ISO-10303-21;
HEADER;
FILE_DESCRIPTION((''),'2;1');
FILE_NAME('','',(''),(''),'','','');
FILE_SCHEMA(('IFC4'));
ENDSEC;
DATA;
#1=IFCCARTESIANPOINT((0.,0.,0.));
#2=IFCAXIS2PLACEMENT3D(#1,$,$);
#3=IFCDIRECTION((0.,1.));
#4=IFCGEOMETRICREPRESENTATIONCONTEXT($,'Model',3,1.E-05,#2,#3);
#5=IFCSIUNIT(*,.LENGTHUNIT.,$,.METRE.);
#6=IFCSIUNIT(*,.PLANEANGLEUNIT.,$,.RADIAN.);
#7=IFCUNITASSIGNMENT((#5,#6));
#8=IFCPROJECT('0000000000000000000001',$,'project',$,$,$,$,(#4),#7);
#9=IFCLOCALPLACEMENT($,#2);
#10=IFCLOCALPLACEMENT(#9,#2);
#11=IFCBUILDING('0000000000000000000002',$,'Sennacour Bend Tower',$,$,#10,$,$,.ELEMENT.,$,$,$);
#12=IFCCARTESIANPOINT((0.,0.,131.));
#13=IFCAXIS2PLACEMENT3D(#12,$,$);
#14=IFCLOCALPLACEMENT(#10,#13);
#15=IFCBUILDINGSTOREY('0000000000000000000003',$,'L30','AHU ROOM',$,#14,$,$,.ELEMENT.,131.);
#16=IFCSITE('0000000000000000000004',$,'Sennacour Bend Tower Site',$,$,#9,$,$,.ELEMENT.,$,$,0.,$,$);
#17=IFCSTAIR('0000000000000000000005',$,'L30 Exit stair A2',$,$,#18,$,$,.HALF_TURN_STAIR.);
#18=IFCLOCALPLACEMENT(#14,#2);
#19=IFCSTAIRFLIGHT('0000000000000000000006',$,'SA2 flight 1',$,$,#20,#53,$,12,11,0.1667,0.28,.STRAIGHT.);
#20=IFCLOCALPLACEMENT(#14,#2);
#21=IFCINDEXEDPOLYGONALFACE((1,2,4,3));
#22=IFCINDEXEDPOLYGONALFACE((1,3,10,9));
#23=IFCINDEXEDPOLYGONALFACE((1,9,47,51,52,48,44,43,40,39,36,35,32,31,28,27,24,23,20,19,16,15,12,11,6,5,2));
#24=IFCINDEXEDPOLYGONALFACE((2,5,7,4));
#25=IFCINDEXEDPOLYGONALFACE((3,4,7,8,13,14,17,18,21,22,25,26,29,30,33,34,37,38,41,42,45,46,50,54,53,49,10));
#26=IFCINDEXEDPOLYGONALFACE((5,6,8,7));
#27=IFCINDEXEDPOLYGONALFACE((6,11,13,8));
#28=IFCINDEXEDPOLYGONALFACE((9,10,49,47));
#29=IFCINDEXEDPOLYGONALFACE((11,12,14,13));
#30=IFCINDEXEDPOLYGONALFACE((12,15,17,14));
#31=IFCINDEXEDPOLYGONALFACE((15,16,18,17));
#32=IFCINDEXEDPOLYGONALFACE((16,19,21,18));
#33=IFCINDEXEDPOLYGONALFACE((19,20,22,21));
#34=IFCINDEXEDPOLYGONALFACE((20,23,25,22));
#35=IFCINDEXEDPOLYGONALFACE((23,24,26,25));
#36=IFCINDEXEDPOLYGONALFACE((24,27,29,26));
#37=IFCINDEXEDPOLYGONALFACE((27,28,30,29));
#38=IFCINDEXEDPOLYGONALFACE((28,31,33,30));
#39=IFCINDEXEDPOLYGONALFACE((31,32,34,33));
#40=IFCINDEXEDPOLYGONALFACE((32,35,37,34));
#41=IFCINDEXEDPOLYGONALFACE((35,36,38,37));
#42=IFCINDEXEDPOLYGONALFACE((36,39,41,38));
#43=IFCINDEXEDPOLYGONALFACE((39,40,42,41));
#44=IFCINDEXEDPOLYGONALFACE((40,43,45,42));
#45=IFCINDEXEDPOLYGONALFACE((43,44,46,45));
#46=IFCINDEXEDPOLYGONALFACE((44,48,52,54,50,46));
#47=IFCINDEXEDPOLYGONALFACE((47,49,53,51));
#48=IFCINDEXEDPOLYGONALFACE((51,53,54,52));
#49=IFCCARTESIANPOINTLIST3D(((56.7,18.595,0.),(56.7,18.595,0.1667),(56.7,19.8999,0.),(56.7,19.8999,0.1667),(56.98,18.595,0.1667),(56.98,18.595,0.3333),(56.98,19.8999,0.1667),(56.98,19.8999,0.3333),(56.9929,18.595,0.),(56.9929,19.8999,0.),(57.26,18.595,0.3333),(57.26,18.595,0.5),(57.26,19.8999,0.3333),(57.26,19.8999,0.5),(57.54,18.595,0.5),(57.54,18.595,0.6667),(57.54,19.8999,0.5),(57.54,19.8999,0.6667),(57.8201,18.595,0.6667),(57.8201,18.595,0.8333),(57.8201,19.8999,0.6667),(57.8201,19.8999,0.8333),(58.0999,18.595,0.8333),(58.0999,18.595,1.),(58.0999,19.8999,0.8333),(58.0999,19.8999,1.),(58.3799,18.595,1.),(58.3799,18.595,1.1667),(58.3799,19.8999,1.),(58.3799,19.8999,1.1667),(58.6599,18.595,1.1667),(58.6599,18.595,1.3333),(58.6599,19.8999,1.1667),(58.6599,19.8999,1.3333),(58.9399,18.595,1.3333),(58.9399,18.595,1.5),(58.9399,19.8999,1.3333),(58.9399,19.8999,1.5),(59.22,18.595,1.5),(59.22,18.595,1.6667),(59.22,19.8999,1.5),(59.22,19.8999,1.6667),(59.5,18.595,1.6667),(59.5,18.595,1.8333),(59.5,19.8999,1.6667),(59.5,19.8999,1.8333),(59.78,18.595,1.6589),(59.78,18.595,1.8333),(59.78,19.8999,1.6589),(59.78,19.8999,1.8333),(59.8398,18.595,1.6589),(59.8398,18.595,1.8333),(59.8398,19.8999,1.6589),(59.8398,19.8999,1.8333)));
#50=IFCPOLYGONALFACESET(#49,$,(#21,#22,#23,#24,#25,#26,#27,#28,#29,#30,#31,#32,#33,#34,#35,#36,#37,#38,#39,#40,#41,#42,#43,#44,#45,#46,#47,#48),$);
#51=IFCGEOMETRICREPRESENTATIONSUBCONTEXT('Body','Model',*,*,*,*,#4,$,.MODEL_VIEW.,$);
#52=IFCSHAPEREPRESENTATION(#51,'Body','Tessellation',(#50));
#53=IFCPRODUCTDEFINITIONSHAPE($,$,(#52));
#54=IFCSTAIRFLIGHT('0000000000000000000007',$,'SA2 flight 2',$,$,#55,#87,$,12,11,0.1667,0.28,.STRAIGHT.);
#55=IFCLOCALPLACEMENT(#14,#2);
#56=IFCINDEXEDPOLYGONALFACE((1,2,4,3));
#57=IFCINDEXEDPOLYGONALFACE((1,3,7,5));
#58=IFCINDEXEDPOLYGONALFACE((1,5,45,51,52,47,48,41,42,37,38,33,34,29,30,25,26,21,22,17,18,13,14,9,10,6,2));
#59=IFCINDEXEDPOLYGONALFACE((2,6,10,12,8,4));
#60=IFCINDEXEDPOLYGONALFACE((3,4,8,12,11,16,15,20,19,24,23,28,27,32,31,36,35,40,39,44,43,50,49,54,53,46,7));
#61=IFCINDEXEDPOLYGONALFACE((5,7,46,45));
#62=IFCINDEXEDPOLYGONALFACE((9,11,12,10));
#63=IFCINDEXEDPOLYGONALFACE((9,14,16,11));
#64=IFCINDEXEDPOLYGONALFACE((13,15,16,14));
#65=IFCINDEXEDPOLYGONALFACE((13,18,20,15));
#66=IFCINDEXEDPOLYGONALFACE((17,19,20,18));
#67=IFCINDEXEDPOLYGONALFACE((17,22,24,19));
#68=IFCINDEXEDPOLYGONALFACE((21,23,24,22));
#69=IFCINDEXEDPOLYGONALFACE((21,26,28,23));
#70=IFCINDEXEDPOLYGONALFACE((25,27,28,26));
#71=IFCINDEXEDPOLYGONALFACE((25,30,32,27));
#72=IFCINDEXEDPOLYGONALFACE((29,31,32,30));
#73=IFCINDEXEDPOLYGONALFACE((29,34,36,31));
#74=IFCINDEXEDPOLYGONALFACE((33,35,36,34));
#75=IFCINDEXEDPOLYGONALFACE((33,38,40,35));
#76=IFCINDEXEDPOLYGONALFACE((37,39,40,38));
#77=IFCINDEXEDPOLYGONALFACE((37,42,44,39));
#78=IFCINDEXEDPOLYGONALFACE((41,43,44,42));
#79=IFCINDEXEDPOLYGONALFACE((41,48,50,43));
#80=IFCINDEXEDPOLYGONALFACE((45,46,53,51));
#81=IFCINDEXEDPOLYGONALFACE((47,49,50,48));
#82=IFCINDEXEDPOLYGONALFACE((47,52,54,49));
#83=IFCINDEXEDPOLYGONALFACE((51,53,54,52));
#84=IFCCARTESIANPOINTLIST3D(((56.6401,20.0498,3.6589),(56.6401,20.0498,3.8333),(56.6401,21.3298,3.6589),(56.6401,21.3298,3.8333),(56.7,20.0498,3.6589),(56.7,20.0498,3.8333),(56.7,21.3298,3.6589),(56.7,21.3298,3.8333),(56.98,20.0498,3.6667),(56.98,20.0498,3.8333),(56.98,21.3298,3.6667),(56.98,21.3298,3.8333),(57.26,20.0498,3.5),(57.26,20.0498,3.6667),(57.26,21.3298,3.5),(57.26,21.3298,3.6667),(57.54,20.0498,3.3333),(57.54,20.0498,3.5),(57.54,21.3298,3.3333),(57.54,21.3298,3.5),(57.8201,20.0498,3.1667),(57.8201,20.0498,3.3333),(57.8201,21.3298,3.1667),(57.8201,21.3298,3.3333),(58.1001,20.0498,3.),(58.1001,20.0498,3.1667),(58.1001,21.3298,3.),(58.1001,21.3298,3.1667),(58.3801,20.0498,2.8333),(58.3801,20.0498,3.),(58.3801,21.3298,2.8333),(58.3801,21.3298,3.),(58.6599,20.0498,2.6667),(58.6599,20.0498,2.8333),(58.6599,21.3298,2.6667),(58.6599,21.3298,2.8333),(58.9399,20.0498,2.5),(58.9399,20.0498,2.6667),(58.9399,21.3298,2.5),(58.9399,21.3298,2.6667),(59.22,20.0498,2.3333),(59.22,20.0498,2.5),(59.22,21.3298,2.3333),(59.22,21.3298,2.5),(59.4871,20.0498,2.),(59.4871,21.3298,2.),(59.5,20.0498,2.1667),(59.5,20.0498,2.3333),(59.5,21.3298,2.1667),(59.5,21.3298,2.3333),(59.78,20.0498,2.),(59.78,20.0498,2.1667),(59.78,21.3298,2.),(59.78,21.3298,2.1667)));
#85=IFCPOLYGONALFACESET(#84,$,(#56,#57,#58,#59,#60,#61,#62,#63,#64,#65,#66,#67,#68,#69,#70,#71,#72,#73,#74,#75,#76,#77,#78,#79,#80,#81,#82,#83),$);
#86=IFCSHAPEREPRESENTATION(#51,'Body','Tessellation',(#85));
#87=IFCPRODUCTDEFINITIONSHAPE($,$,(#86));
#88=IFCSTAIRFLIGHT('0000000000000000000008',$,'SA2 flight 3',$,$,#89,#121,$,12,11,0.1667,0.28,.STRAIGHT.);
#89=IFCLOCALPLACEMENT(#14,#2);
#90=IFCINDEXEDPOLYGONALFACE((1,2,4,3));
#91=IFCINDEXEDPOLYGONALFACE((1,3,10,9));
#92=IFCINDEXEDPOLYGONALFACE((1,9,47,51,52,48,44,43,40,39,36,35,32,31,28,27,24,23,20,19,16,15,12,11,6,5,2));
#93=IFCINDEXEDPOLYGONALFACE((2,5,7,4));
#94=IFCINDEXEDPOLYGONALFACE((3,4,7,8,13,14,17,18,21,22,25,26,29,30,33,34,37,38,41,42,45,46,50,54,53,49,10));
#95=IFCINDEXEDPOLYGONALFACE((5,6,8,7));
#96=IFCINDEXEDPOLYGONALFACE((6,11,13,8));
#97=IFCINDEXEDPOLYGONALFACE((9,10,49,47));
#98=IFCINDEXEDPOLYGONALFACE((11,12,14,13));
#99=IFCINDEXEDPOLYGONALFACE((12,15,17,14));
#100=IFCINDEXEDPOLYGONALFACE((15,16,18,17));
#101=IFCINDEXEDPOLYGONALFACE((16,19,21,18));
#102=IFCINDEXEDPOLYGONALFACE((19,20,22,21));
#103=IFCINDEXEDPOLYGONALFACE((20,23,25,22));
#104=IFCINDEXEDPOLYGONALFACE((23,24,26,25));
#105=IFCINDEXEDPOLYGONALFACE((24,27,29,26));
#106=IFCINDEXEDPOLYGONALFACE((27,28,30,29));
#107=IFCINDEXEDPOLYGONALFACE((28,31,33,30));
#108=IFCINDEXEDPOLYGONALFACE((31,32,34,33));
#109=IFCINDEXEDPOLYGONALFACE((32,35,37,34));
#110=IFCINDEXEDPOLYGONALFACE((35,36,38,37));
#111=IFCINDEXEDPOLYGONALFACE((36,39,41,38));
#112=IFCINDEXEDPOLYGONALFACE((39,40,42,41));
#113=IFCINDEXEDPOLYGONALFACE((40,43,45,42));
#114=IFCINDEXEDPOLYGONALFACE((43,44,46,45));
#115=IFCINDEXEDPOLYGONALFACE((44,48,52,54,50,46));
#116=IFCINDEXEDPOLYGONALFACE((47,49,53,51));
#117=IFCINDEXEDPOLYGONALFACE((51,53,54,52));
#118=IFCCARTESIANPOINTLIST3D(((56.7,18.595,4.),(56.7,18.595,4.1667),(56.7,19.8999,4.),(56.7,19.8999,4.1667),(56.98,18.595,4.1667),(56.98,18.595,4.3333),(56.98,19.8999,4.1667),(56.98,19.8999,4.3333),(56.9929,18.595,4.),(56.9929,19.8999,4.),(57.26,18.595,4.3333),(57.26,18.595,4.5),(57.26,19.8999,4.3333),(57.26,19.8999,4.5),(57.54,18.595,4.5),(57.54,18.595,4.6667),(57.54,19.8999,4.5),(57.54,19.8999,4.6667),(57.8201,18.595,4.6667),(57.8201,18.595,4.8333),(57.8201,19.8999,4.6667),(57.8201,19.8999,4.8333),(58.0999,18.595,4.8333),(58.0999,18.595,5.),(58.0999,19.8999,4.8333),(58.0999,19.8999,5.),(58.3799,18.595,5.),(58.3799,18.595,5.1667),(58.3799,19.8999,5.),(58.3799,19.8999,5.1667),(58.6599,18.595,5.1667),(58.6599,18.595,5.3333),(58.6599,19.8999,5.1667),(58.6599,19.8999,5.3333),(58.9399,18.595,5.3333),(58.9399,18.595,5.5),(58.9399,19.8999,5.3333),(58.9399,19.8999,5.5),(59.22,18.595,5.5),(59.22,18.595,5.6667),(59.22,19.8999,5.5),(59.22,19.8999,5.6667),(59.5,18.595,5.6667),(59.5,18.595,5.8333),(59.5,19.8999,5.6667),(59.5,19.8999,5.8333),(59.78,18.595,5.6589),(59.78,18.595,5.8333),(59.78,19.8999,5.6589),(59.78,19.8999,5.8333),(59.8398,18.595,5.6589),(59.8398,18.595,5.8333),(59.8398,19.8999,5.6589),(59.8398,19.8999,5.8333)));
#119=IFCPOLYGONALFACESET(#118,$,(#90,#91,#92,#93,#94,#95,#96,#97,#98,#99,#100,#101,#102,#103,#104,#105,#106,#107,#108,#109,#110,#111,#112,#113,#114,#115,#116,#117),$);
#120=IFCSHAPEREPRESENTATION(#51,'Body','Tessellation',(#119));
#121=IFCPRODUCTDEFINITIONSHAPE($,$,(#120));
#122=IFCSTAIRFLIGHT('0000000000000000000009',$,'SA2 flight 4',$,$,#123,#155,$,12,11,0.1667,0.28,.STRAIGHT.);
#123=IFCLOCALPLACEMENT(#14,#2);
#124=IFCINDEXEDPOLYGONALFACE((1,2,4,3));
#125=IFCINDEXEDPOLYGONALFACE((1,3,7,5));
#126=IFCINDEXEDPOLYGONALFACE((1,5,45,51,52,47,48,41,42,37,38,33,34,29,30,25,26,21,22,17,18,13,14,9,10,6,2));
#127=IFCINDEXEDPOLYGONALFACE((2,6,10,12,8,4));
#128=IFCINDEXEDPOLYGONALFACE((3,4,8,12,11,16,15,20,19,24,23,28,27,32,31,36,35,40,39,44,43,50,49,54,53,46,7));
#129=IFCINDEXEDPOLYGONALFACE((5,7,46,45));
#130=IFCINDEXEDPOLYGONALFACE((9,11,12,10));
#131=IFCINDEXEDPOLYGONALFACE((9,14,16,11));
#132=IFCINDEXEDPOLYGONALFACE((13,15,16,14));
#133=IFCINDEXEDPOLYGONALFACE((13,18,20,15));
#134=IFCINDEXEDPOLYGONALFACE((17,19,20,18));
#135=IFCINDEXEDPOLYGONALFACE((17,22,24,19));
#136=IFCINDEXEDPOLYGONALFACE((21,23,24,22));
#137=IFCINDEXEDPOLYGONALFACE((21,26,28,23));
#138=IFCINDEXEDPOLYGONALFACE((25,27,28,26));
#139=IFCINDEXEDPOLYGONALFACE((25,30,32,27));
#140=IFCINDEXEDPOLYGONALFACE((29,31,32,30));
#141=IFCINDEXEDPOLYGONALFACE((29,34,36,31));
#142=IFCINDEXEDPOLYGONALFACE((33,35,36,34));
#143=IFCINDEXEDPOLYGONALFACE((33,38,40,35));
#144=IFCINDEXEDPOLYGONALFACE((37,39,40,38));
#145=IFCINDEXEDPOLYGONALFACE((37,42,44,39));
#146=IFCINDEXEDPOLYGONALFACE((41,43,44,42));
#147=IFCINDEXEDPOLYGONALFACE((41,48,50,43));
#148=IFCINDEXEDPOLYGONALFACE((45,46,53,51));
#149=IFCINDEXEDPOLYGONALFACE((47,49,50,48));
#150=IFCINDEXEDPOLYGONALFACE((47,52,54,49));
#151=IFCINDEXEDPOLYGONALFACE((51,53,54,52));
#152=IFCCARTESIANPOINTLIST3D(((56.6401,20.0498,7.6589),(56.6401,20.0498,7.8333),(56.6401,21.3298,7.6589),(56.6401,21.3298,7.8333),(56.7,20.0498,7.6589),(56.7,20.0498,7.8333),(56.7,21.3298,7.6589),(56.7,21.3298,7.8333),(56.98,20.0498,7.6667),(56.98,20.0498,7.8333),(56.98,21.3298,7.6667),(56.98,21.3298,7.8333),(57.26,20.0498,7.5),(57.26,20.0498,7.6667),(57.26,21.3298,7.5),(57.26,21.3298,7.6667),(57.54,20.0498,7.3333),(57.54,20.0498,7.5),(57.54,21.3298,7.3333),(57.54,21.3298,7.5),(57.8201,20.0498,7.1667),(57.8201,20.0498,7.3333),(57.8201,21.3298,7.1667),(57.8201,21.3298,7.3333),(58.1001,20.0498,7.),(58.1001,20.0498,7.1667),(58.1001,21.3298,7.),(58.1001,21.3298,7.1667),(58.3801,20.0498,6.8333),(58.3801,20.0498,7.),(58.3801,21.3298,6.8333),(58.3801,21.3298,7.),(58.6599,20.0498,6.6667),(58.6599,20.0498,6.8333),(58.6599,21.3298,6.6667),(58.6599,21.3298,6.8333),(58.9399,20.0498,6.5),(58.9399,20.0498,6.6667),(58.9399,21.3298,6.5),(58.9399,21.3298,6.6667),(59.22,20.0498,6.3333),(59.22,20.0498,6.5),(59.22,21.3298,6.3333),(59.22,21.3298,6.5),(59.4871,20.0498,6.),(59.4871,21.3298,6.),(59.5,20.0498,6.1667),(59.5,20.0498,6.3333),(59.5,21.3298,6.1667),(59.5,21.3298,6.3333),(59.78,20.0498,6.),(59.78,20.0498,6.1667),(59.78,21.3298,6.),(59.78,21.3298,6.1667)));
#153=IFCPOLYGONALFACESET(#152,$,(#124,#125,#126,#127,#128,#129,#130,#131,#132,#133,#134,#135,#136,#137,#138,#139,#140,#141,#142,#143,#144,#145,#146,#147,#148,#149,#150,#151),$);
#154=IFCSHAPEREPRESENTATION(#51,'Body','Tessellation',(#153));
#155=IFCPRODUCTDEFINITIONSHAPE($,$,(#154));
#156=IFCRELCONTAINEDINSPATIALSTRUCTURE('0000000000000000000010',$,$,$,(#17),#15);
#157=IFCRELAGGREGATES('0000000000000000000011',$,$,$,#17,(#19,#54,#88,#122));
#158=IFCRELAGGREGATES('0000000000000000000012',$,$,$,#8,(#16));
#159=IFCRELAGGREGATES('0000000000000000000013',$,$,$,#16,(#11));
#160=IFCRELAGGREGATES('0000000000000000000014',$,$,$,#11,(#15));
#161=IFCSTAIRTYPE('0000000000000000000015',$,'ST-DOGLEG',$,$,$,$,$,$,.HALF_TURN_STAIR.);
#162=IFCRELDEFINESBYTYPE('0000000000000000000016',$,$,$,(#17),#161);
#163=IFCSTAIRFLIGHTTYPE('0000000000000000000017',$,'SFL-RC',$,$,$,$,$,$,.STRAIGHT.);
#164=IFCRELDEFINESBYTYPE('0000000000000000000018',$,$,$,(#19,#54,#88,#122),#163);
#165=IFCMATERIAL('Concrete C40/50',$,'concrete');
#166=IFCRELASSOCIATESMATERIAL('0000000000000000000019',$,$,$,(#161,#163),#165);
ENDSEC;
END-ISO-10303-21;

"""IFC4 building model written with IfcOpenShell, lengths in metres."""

from ifc_helpers import new_model, si_unit, direction, frame, origin, place, context, subcontext, project, spatial, polyline, outline, extrude, material, type_object, element, aggregate, save


model = new_model("IFC4")

# Units and contexts
model_context = context("Model", 3, precision=1e-05, world=origin(), true_north=direction((0.0, 1.0)))
body_context = subcontext(model_context, "Body", "Model", "MODEL_VIEW")
ifc_project = project(units=[si_unit("LENGTHUNIT", "METRE"), si_unit("PLANEANGLEUNIT", "RADIAN")], contexts=[model_context])

# Site, building, storey
site_placement = place(None, origin())
site = spatial("IfcSite", under=ifc_project, at=site_placement, Name="Sennacour Bend Tower Site", CompositionType="ELEMENT", RefElevation=0.0)
building_placement = place(site_placement, origin())
building = spatial("IfcBuilding", under=site, at=building_placement, Name="Sennacour Bend Tower", CompositionType="ELEMENT")
storey_placement = place(building_placement, frame((0.0, 0.0, 131.0)))
storey = spatial("IfcBuildingStorey", under=building, at=storey_placement, Name="L30", Description="AHU ROOM", CompositionType="ELEMENT", Elevation=131.0)

# Stair, stair flights
ifc_material_1 = material(Name="Concrete C40/50", Category="concrete")
stair_type = type_object("IfcStairType", Name="ST-DOGLEG", PredefinedType="HALF_TURN_STAIR", material=ifc_material_1)
stair_placement = place(storey_placement, origin())
stair = element("IfcStair", 1, at=stair_placement, inside=storey, type_object=stair_type, Name="L30 Exit stair A2", PredefinedType="HALF_TURN_STAIR")
stair_flight_type = type_object("IfcStairFlightType", Name="SFL-RC", PredefinedType="STRAIGHT", material=ifc_material_1)
stair_flight_1_placement = place(storey_placement, frame((56.7, 19.2476, 0.0), z_axis=(0.0, 0.0, 1.0), x_axis=(1.0, 0.0, 0.0)))
stair_flight_1 = element("IfcStairFlight", 2, at=stair_flight_1_placement, type_object=stair_flight_type, Name="SA2 flight 1", NumberOfRisers=12, NumberOfTreads=11, PredefinedType="STRAIGHT", RiserHeight=0.1667, TreadLength=0.28, context=body_context, shape_type="SweptSolid", body=[
    extrude(outline(polyline([(0.0, 0.0), (0.0, 0.1667), (0.28, 0.1667), (0.28, 0.3333), (0.5601, 0.3333), (0.5601, 0.5), (0.8401, 0.5), (0.8401, 0.6667), (1.1201, 0.6667), (1.1201, 0.8333), (1.3999, 0.8333), (1.3999, 1.0), (1.6799, 1.0), (1.6799, 1.1667), (1.96, 1.1667), (1.96, 1.3333), (2.24, 1.3333), (2.24, 1.5), (2.52, 1.5), (2.52, 1.6667), (2.8, 1.6667), (2.8, 1.8333), (3.0801, 1.8333), (3.1399, 1.8333), (3.1399, 1.6589), (3.0801, 1.6589), (0.293, 0.0), (0.0, 0.0)])), frame((0.0, 0.6523, 0.0), z_axis=(0.0, -1.0, 0.0), x_axis=(1.0, 0.0, 0.0)), (0.0, 0.0, 1.0), 1.3049),
])
stair_flight_2_placement = place(storey_placement, frame((59.78, 20.6899, 2.0), z_axis=(0.0, 0.0, 1.0), x_axis=(-1.0, 0.0, 0.0)))
stair_flight_2 = element("IfcStairFlight", 3, at=stair_flight_2_placement, type_object=stair_flight_type, Name="SA2 flight 2", NumberOfRisers=12, NumberOfTreads=11, PredefinedType="STRAIGHT", RiserHeight=0.1667, TreadLength=0.28, context=body_context, shape_type="SweptSolid", body=[
    extrude(outline(polyline([(0.0, 0.0), (0.0, 0.1667), (0.28, 0.1667), (0.28, 0.3333), (0.5601, 0.3333), (0.5601, 0.5), (0.8401, 0.5), (0.8401, 0.6667), (1.1201, 0.6667), (1.1201, 0.8333), (1.3999, 0.8333), (1.3999, 1.0), (1.6799, 1.0), (1.6799, 1.1667), (1.96, 1.1667), (1.96, 1.3333), (2.24, 1.3333), (2.24, 1.5), (2.52, 1.5), (2.52, 1.6667), (2.8, 1.6667), (2.8, 1.8333), (3.0801, 1.8333), (3.1399, 1.8333), (3.1399, 1.6589), (3.0801, 1.6589), (0.293, 0.0), (0.0, 0.0)])), frame((0.0, 0.6401, 0.0), z_axis=(0.0, -1.0, 0.0), x_axis=(1.0, 0.0, 0.0)), (0.0, 0.0, 1.0), 1.28),
])
stair_flight_3_placement = place(storey_placement, frame((56.7, 19.2476, 4.0), z_axis=(0.0, 0.0, 1.0), x_axis=(1.0, 0.0, 0.0)))
stair_flight_3 = element("IfcStairFlight", 4, at=stair_flight_3_placement, type_object=stair_flight_type, Name="SA2 flight 3", NumberOfRisers=12, NumberOfTreads=11, PredefinedType="STRAIGHT", RiserHeight=0.1667, TreadLength=0.28, context=body_context, shape_type="SweptSolid", body=[
    extrude(outline(polyline([(0.0, 0.0), (0.0, 0.1667), (0.28, 0.1667), (0.28, 0.3333), (0.5601, 0.3333), (0.5601, 0.5), (0.8401, 0.5), (0.8401, 0.6667), (1.1201, 0.6667), (1.1201, 0.8333), (1.3999, 0.8333), (1.3999, 1.0), (1.6799, 1.0), (1.6799, 1.1667), (1.96, 1.1667), (1.96, 1.3333), (2.24, 1.3333), (2.24, 1.5), (2.52, 1.5), (2.52, 1.6667), (2.8, 1.6667), (2.8, 1.8333), (3.0801, 1.8333), (3.1399, 1.8333), (3.1399, 1.6589), (3.0801, 1.6589), (0.293, 0.0), (0.0, 0.0)])), frame((0.0, 0.6523, 0.0), z_axis=(0.0, -1.0, 0.0), x_axis=(1.0, 0.0, 0.0)), (0.0, 0.0, 1.0), 1.3049),
])
stair_flight_4_placement = place(storey_placement, frame((59.78, 20.6899, 6.0), z_axis=(0.0, 0.0, 1.0), x_axis=(-1.0, 0.0, 0.0)))
stair_flight_4 = element("IfcStairFlight", 5, at=stair_flight_4_placement, type_object=stair_flight_type, Name="SA2 flight 4", NumberOfRisers=12, NumberOfTreads=11, PredefinedType="STRAIGHT", RiserHeight=0.1667, TreadLength=0.28, context=body_context, shape_type="SweptSolid", body=[
    extrude(outline(polyline([(0.0, 0.0), (0.0, 0.1667), (0.28, 0.1667), (0.28, 0.3333), (0.5601, 0.3333), (0.5601, 0.5), (0.8401, 0.5), (0.8401, 0.6667), (1.1201, 0.6667), (1.1201, 0.8333), (1.3999, 0.8333), (1.3999, 1.0), (1.6799, 1.0), (1.6799, 1.1667), (1.96, 1.1667), (1.96, 1.3333), (2.24, 1.3333), (2.24, 1.5), (2.52, 1.5), (2.52, 1.6667), (2.8, 1.6667), (2.8, 1.8333), (3.0801, 1.8333), (3.1399, 1.8333), (3.1399, 1.6589), (3.0801, 1.6589), (0.293, 0.0), (0.0, 0.0)])), frame((0.0, 0.6401, 0.0), z_axis=(0.0, -1.0, 0.0), x_axis=(1.0, 0.0, 0.0)), (0.0, 0.0, 1.0), 1.28),
])
aggregate(stair, [stair_flight_1, stair_flight_2, stair_flight_3, stair_flight_4])

save(model, "model.ifc")
